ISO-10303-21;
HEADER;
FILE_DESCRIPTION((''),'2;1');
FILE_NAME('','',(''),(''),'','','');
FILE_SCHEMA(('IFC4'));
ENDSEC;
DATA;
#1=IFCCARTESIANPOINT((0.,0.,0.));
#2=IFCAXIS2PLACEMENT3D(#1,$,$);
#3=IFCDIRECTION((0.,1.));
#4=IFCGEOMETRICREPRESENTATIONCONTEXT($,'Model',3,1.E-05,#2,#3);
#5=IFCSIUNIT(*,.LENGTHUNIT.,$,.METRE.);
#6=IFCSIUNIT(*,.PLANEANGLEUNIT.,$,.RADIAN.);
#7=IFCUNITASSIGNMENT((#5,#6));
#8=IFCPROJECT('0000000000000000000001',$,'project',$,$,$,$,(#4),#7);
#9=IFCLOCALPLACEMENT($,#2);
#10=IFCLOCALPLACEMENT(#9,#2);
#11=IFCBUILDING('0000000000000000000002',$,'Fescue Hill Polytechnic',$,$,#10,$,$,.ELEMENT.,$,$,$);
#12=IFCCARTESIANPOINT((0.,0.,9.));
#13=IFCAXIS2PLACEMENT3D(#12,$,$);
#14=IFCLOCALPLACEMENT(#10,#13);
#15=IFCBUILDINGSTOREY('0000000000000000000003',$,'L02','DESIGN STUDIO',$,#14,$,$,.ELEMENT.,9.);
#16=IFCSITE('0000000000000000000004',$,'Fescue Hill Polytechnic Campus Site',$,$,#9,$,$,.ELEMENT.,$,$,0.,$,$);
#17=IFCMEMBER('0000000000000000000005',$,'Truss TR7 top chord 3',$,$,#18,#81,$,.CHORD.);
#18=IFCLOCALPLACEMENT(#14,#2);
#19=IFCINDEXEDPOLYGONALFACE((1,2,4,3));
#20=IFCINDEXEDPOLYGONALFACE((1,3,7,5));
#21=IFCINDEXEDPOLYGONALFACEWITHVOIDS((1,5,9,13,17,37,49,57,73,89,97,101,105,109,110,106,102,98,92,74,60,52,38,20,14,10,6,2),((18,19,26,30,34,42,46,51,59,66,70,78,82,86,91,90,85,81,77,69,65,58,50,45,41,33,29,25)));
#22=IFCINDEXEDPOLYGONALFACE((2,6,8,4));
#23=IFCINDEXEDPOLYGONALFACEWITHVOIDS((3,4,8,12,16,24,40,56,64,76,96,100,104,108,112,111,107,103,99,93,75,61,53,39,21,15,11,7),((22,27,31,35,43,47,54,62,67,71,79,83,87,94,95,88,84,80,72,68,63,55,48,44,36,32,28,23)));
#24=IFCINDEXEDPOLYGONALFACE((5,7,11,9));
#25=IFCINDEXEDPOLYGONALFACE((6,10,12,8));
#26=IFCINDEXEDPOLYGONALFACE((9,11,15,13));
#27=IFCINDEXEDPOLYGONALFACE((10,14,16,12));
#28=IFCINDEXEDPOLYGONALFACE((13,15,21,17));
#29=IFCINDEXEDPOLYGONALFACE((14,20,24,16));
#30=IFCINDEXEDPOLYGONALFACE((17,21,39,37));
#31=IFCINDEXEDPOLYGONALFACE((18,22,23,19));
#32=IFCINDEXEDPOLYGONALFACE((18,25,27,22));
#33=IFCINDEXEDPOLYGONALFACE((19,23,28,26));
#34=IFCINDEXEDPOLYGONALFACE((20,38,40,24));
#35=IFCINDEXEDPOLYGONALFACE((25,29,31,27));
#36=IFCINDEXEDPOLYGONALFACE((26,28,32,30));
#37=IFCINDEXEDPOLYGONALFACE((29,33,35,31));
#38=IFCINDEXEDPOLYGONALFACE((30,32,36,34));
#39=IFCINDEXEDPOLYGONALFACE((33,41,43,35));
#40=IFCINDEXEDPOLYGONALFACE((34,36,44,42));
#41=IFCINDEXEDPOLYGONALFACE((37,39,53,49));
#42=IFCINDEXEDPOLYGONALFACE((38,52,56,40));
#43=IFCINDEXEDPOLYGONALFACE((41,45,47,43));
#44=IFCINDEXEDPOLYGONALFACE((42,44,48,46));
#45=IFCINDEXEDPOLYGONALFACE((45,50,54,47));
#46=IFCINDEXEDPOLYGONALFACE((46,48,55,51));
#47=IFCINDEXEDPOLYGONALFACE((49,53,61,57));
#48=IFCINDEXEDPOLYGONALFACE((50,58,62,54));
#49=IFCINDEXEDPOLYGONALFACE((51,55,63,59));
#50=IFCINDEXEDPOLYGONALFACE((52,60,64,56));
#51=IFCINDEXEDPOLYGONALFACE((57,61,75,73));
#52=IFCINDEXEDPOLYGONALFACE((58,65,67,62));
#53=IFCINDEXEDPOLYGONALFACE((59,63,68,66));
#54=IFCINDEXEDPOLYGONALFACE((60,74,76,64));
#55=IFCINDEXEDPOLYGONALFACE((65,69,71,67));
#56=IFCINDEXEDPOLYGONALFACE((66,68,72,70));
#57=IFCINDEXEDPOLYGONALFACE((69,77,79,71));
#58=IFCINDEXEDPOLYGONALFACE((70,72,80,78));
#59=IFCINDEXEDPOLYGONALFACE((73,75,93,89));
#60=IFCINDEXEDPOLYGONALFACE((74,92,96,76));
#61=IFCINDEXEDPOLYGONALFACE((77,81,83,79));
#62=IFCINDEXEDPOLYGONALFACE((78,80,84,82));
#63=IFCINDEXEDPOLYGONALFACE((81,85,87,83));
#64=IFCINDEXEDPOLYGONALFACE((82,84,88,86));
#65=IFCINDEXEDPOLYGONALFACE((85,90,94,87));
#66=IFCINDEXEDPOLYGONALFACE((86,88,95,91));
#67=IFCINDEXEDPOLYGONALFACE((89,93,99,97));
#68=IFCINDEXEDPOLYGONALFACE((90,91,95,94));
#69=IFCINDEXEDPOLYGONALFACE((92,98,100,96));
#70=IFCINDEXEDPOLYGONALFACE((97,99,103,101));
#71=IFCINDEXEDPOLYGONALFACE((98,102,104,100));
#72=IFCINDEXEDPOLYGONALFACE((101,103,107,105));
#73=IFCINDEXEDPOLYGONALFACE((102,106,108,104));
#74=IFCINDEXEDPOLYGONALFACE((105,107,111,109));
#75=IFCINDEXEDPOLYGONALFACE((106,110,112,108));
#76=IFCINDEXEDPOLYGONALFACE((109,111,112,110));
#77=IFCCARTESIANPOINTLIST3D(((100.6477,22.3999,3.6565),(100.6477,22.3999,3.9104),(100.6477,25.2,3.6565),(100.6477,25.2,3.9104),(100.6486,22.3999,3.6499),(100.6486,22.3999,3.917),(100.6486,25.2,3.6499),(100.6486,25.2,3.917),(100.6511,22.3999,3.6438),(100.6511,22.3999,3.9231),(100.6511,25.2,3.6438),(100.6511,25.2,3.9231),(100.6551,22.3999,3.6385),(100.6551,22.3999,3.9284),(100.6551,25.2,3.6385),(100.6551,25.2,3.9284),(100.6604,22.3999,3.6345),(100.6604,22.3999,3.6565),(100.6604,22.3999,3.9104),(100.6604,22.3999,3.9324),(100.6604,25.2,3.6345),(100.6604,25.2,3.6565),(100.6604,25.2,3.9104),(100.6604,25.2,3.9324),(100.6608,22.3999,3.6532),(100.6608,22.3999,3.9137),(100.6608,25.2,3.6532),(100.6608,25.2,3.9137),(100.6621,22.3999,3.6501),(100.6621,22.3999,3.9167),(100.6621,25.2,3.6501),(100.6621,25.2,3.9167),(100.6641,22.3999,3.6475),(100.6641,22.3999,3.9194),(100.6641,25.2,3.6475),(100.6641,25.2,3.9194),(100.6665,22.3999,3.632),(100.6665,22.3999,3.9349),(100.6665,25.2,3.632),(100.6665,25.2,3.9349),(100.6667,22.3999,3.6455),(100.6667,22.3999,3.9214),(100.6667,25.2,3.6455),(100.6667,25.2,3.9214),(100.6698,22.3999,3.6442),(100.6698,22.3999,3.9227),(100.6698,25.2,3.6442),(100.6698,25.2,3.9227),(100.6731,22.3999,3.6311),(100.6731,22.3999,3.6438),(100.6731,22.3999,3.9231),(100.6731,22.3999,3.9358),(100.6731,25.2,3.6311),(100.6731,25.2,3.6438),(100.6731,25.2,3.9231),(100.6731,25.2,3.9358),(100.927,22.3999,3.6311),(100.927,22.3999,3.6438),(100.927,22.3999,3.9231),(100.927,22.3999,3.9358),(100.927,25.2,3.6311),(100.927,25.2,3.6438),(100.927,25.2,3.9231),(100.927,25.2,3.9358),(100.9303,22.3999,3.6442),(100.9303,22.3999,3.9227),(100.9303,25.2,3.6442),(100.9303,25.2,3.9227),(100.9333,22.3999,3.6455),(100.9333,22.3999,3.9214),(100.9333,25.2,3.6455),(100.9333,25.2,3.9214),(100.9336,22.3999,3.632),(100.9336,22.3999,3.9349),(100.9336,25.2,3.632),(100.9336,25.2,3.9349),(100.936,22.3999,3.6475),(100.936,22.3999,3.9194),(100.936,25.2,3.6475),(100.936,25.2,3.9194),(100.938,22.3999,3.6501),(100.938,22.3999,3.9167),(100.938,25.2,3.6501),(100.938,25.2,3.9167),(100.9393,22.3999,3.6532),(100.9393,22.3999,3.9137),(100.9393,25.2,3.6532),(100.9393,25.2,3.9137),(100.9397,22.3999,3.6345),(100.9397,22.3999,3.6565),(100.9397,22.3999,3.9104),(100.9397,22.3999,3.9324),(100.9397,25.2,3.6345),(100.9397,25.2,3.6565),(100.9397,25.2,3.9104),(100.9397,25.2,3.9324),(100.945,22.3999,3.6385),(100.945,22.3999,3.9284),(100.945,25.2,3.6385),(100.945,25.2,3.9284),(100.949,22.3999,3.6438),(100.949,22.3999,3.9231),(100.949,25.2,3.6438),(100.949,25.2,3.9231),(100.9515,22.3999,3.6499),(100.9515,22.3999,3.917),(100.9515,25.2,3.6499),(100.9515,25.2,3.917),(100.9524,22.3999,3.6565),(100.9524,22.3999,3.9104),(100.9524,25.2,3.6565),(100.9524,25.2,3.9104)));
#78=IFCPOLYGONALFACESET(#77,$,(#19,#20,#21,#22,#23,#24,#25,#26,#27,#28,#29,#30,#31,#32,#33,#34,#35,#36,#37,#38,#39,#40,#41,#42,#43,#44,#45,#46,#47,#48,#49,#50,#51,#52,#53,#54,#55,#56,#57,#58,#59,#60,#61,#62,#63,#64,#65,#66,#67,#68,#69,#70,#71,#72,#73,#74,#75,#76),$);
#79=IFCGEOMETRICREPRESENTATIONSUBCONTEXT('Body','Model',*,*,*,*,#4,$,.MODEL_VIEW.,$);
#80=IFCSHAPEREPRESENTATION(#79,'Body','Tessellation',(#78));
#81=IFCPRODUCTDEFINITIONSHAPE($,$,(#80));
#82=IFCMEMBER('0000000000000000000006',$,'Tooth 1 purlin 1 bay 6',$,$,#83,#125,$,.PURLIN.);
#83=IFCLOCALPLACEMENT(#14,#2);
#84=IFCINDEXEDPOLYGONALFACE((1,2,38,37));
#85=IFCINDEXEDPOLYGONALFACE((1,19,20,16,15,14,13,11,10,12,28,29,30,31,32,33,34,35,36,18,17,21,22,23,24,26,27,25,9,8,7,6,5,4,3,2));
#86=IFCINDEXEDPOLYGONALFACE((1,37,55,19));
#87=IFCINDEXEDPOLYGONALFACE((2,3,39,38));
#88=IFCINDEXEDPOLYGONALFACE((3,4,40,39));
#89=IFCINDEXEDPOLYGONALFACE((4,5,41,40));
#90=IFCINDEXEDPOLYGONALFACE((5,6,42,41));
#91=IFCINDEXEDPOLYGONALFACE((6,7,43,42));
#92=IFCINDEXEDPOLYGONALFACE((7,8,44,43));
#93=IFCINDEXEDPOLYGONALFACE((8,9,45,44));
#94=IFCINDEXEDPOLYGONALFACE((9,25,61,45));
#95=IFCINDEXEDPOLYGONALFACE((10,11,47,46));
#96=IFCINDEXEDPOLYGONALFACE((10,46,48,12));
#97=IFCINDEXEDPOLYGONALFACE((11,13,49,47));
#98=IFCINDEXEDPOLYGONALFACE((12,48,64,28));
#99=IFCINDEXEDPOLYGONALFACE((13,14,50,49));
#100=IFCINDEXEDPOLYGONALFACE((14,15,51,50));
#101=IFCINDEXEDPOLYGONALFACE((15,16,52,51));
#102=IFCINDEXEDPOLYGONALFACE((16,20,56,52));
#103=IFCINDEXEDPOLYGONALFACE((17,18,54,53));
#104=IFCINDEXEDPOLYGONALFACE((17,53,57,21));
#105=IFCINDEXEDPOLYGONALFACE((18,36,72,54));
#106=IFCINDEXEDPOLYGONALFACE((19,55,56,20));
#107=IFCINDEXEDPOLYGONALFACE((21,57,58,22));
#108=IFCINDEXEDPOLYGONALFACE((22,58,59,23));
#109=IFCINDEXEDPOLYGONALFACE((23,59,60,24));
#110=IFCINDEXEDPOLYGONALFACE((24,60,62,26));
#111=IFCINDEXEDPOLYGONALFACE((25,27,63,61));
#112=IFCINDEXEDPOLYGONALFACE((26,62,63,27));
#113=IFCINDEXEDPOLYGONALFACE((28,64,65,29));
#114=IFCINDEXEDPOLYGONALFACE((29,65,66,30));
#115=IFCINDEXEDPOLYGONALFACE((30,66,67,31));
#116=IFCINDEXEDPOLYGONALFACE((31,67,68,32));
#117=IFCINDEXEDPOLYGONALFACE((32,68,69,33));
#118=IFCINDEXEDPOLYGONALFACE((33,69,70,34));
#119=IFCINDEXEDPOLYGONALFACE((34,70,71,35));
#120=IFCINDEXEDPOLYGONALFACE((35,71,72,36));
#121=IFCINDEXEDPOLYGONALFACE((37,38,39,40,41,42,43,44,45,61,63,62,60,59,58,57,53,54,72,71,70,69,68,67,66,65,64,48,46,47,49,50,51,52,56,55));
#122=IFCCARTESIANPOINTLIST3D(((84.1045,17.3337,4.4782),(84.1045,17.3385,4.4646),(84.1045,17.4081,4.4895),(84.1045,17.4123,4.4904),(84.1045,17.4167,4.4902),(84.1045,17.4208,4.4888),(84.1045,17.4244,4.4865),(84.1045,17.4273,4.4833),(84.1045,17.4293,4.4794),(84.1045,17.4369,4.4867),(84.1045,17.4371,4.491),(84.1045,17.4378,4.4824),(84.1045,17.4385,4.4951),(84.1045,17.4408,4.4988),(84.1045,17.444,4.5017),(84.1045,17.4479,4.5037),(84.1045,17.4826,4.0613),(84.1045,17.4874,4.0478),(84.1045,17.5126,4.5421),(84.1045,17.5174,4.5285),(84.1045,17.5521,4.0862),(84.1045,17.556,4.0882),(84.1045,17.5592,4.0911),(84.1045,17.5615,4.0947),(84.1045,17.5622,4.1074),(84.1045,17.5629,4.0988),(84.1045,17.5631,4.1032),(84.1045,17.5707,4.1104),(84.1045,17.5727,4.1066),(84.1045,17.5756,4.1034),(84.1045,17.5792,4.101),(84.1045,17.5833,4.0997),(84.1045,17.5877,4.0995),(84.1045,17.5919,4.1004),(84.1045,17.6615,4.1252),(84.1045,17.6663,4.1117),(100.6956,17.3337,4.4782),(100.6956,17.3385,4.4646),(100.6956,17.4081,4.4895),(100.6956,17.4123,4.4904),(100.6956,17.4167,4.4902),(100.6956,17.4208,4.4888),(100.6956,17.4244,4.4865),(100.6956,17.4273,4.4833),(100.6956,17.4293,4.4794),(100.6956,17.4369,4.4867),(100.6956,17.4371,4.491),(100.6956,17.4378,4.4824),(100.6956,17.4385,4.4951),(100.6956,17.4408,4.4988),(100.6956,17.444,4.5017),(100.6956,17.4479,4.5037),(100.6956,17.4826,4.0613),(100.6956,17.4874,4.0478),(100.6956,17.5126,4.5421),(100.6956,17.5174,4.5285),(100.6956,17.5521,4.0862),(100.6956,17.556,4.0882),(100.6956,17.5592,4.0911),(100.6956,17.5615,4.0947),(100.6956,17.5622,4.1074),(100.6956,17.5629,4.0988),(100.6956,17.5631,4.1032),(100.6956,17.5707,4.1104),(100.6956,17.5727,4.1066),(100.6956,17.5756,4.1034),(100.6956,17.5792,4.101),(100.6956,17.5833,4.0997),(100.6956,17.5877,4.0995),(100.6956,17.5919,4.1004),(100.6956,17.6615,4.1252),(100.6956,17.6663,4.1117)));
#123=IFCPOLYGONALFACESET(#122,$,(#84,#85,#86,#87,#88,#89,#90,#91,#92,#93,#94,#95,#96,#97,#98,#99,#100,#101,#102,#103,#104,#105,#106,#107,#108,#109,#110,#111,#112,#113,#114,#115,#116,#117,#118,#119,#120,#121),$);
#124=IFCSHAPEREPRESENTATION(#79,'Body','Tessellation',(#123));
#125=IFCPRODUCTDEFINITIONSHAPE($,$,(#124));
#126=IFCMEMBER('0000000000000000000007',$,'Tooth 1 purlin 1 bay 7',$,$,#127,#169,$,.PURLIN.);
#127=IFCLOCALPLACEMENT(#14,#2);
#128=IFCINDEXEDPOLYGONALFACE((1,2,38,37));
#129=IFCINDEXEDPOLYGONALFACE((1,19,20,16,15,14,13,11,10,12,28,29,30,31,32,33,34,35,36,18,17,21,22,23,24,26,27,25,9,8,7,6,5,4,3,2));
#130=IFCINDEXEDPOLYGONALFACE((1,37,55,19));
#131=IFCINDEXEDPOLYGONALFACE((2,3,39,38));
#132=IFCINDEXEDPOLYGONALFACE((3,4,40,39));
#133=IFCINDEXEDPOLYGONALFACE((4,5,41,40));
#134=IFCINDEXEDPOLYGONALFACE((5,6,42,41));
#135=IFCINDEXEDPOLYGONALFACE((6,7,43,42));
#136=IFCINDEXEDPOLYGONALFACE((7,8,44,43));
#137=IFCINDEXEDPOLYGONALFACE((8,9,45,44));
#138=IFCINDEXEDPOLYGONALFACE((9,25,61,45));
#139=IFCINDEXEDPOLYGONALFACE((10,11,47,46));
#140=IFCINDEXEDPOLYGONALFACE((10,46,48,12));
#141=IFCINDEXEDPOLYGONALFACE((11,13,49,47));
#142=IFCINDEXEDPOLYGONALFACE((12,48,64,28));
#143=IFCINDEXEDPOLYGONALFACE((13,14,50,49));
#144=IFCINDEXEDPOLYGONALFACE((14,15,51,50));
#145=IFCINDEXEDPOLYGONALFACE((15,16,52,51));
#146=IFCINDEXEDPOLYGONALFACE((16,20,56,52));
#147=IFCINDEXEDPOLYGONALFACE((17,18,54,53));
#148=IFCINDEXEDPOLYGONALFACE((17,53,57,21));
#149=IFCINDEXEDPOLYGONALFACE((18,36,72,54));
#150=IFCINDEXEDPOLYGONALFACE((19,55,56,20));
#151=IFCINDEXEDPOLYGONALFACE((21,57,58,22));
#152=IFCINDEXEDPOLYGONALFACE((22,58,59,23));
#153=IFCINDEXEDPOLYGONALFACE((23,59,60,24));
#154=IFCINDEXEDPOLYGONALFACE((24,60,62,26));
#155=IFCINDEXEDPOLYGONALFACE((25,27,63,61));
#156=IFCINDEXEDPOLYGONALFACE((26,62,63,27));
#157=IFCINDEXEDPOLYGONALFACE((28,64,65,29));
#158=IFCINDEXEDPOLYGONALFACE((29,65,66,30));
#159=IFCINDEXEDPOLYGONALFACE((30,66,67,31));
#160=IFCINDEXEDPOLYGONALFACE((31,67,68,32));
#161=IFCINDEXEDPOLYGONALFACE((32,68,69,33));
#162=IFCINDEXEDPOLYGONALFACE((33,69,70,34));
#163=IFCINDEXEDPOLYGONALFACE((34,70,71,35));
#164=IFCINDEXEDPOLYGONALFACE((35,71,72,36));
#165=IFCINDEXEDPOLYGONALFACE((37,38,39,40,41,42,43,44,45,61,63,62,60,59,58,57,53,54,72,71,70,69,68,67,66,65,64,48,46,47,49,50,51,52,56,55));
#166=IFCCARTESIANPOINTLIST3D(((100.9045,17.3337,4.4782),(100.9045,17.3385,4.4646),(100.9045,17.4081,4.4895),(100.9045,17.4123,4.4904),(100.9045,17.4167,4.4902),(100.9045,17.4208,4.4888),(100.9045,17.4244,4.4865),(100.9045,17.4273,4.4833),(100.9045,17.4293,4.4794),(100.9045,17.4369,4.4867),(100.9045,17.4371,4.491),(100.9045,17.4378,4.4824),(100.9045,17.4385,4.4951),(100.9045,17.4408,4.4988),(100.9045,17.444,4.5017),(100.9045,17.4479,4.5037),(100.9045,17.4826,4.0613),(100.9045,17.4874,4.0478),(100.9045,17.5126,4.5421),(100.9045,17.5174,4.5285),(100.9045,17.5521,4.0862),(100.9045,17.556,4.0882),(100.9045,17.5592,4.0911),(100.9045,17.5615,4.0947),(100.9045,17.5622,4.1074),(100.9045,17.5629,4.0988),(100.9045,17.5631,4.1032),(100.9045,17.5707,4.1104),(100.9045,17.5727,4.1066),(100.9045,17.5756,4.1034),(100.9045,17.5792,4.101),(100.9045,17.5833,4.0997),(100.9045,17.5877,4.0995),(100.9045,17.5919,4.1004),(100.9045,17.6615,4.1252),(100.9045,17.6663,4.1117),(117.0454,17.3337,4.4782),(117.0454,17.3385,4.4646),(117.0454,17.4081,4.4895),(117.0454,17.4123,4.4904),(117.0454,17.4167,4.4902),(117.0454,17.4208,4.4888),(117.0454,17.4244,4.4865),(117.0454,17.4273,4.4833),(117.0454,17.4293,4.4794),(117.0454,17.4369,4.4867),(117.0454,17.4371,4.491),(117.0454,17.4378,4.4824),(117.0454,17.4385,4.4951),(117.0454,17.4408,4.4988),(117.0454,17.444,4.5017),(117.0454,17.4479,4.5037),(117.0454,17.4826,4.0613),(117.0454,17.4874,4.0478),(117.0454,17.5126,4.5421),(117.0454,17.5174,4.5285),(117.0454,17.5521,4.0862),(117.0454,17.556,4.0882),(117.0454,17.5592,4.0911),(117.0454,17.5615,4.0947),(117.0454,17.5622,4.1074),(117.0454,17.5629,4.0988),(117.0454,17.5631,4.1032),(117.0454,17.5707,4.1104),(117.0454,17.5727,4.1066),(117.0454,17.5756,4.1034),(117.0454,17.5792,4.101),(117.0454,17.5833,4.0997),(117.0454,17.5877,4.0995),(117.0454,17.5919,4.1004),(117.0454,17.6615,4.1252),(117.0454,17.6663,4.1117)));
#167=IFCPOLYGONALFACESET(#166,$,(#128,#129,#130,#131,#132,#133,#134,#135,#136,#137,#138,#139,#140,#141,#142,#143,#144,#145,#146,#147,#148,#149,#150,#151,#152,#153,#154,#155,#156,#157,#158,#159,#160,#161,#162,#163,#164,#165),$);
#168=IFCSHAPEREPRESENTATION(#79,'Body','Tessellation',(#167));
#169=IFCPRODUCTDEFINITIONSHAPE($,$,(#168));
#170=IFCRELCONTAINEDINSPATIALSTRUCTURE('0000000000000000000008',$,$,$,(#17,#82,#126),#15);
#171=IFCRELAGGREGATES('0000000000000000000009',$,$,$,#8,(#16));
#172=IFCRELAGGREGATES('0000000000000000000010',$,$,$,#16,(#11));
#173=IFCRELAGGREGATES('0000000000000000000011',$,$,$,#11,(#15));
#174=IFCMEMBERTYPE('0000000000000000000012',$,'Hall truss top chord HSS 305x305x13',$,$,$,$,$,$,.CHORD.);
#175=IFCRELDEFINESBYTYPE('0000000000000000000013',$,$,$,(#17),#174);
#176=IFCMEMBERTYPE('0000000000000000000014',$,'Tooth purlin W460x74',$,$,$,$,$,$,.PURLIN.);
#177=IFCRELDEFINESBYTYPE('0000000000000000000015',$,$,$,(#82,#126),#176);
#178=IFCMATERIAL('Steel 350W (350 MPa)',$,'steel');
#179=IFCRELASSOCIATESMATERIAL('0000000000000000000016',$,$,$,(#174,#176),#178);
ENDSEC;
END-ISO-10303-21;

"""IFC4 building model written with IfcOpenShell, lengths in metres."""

from ifc_helpers import new_model, si_unit, direction, frame, origin, origin_2d, place, context, subcontext, project, spatial, hollow_rectangle, i_section, extrude, material, material_profile, profile_set, type_object, element, save


model = new_model("IFC4")

# Units and contexts
model_context = context("Model", 3, precision=1e-05, world=origin(), true_north=direction((0.0, 1.0)))
body_context = subcontext(model_context, "Body", "Model", "MODEL_VIEW")
ifc_project = project(units=[si_unit("LENGTHUNIT", "METRE"), si_unit("PLANEANGLEUNIT", "RADIAN")], contexts=[model_context])

# Site, building, storey
site_placement = place(None, origin())
site = spatial("IfcSite", under=ifc_project, at=site_placement, Name="Fescue Hill Polytechnic Campus Site", CompositionType="ELEMENT", RefElevation=0.0)
building_placement = place(site_placement, origin())
building = spatial("IfcBuilding", under=site, at=building_placement, Name="Fescue Hill Polytechnic", CompositionType="ELEMENT")
storey_placement = place(building_placement, frame((0.0, 0.0, 9.0)))
storey = spatial("IfcBuildingStorey", under=building, at=storey_placement, Name="L02", Description="DESIGN STUDIO", CompositionType="ELEMENT", Elevation=9.0)

# Members
ifc_material_1 = material(Name="Steel 350W (350 MPa)", Category="steel")
ifc_material_profile_1 = material_profile(ifc_material_1, hollow_rectangle(XDim=0.3047, YDim=0.3047, WallThickness=0.0127, InnerFilletRadius=0.0127, OuterFilletRadius=0.0254, at=origin_2d()), Name="Hall truss top chord HSS 305x305x13")
ifc_profile_set_1 = profile_set([ifc_material_profile_1], Name="Steel 350W (350 MPa)")
member_type_1 = type_object("IfcMemberType", Name="Hall truss top chord HSS 305x305x13", PredefinedType="CHORD", material=ifc_profile_set_1)
member_1_placement = place(storey_placement, frame((100.8, 22.3999, 3.7834), z_axis=(0.0, 1.0, 0.0), x_axis=(-1.0, 0.0, 0.0)))
element("IfcMember", 1, at=member_1_placement, inside=storey, type_object=member_type_1, Name="Truss TR7 top chord 3", PredefinedType="CHORD", context=body_context, shape_type="SweptSolid", body=[
    extrude(hollow_rectangle(XDim=0.3047, YDim=0.3047, WallThickness=0.0127, InnerFilletRadius=0.0127, OuterFilletRadius=0.0254, at=origin_2d()), origin(), (0.0, 0.0, 1.0), 2.8),
])
ifc_material_profile_2 = material_profile(ifc_material_1, i_section(OverallWidth=0.1899, OverallDepth=0.457, WebThickness=0.009, FlangeThickness=0.0144, FilletRadius=0.0166, at=origin_2d()), Name="W460x74")
ifc_profile_set_2 = profile_set([ifc_material_profile_2], Name="Steel 350W (350 MPa)")
member_type_2 = type_object("IfcMemberType", Name="Tooth purlin W460x74", PredefinedType="PURLIN", material=ifc_profile_set_2)
member_2_placement = place(storey_placement, frame((84.1045, 17.5, 4.2949), z_axis=(1.0, 0.0, 0.0), x_axis=(0.0, 0.941742, 0.336336)))
element("IfcMember", 2, at=member_2_placement, inside=storey, type_object=member_type_2, Name="Tooth 1 purlin 1 bay 6", PredefinedType="PURLIN", context=body_context, shape_type="SweptSolid", body=[
    extrude(i_section(OverallWidth=0.1899, OverallDepth=0.457, WebThickness=0.009, FlangeThickness=0.0144, FilletRadius=0.0166, at=origin_2d()), origin(), (0.0, 0.0, 1.0), 16.5911),
])
member_3_placement = place(storey_placement, frame((100.9045, 17.5, 4.2949), z_axis=(1.0, 0.0, 0.0), x_axis=(0.0, 0.941742, 0.336336)))
element("IfcMember", 3, at=member_3_placement, inside=storey, type_object=member_type_2, Name="Tooth 1 purlin 1 bay 7", PredefinedType="PURLIN", context=body_context, shape_type="SweptSolid", body=[
    extrude(i_section(OverallWidth=0.1899, OverallDepth=0.457, WebThickness=0.009, FlangeThickness=0.0144, FilletRadius=0.0166, at=origin_2d()), origin(), (0.0, 0.0, 1.0), 16.1409),
])

save(model, "model.ifc")
